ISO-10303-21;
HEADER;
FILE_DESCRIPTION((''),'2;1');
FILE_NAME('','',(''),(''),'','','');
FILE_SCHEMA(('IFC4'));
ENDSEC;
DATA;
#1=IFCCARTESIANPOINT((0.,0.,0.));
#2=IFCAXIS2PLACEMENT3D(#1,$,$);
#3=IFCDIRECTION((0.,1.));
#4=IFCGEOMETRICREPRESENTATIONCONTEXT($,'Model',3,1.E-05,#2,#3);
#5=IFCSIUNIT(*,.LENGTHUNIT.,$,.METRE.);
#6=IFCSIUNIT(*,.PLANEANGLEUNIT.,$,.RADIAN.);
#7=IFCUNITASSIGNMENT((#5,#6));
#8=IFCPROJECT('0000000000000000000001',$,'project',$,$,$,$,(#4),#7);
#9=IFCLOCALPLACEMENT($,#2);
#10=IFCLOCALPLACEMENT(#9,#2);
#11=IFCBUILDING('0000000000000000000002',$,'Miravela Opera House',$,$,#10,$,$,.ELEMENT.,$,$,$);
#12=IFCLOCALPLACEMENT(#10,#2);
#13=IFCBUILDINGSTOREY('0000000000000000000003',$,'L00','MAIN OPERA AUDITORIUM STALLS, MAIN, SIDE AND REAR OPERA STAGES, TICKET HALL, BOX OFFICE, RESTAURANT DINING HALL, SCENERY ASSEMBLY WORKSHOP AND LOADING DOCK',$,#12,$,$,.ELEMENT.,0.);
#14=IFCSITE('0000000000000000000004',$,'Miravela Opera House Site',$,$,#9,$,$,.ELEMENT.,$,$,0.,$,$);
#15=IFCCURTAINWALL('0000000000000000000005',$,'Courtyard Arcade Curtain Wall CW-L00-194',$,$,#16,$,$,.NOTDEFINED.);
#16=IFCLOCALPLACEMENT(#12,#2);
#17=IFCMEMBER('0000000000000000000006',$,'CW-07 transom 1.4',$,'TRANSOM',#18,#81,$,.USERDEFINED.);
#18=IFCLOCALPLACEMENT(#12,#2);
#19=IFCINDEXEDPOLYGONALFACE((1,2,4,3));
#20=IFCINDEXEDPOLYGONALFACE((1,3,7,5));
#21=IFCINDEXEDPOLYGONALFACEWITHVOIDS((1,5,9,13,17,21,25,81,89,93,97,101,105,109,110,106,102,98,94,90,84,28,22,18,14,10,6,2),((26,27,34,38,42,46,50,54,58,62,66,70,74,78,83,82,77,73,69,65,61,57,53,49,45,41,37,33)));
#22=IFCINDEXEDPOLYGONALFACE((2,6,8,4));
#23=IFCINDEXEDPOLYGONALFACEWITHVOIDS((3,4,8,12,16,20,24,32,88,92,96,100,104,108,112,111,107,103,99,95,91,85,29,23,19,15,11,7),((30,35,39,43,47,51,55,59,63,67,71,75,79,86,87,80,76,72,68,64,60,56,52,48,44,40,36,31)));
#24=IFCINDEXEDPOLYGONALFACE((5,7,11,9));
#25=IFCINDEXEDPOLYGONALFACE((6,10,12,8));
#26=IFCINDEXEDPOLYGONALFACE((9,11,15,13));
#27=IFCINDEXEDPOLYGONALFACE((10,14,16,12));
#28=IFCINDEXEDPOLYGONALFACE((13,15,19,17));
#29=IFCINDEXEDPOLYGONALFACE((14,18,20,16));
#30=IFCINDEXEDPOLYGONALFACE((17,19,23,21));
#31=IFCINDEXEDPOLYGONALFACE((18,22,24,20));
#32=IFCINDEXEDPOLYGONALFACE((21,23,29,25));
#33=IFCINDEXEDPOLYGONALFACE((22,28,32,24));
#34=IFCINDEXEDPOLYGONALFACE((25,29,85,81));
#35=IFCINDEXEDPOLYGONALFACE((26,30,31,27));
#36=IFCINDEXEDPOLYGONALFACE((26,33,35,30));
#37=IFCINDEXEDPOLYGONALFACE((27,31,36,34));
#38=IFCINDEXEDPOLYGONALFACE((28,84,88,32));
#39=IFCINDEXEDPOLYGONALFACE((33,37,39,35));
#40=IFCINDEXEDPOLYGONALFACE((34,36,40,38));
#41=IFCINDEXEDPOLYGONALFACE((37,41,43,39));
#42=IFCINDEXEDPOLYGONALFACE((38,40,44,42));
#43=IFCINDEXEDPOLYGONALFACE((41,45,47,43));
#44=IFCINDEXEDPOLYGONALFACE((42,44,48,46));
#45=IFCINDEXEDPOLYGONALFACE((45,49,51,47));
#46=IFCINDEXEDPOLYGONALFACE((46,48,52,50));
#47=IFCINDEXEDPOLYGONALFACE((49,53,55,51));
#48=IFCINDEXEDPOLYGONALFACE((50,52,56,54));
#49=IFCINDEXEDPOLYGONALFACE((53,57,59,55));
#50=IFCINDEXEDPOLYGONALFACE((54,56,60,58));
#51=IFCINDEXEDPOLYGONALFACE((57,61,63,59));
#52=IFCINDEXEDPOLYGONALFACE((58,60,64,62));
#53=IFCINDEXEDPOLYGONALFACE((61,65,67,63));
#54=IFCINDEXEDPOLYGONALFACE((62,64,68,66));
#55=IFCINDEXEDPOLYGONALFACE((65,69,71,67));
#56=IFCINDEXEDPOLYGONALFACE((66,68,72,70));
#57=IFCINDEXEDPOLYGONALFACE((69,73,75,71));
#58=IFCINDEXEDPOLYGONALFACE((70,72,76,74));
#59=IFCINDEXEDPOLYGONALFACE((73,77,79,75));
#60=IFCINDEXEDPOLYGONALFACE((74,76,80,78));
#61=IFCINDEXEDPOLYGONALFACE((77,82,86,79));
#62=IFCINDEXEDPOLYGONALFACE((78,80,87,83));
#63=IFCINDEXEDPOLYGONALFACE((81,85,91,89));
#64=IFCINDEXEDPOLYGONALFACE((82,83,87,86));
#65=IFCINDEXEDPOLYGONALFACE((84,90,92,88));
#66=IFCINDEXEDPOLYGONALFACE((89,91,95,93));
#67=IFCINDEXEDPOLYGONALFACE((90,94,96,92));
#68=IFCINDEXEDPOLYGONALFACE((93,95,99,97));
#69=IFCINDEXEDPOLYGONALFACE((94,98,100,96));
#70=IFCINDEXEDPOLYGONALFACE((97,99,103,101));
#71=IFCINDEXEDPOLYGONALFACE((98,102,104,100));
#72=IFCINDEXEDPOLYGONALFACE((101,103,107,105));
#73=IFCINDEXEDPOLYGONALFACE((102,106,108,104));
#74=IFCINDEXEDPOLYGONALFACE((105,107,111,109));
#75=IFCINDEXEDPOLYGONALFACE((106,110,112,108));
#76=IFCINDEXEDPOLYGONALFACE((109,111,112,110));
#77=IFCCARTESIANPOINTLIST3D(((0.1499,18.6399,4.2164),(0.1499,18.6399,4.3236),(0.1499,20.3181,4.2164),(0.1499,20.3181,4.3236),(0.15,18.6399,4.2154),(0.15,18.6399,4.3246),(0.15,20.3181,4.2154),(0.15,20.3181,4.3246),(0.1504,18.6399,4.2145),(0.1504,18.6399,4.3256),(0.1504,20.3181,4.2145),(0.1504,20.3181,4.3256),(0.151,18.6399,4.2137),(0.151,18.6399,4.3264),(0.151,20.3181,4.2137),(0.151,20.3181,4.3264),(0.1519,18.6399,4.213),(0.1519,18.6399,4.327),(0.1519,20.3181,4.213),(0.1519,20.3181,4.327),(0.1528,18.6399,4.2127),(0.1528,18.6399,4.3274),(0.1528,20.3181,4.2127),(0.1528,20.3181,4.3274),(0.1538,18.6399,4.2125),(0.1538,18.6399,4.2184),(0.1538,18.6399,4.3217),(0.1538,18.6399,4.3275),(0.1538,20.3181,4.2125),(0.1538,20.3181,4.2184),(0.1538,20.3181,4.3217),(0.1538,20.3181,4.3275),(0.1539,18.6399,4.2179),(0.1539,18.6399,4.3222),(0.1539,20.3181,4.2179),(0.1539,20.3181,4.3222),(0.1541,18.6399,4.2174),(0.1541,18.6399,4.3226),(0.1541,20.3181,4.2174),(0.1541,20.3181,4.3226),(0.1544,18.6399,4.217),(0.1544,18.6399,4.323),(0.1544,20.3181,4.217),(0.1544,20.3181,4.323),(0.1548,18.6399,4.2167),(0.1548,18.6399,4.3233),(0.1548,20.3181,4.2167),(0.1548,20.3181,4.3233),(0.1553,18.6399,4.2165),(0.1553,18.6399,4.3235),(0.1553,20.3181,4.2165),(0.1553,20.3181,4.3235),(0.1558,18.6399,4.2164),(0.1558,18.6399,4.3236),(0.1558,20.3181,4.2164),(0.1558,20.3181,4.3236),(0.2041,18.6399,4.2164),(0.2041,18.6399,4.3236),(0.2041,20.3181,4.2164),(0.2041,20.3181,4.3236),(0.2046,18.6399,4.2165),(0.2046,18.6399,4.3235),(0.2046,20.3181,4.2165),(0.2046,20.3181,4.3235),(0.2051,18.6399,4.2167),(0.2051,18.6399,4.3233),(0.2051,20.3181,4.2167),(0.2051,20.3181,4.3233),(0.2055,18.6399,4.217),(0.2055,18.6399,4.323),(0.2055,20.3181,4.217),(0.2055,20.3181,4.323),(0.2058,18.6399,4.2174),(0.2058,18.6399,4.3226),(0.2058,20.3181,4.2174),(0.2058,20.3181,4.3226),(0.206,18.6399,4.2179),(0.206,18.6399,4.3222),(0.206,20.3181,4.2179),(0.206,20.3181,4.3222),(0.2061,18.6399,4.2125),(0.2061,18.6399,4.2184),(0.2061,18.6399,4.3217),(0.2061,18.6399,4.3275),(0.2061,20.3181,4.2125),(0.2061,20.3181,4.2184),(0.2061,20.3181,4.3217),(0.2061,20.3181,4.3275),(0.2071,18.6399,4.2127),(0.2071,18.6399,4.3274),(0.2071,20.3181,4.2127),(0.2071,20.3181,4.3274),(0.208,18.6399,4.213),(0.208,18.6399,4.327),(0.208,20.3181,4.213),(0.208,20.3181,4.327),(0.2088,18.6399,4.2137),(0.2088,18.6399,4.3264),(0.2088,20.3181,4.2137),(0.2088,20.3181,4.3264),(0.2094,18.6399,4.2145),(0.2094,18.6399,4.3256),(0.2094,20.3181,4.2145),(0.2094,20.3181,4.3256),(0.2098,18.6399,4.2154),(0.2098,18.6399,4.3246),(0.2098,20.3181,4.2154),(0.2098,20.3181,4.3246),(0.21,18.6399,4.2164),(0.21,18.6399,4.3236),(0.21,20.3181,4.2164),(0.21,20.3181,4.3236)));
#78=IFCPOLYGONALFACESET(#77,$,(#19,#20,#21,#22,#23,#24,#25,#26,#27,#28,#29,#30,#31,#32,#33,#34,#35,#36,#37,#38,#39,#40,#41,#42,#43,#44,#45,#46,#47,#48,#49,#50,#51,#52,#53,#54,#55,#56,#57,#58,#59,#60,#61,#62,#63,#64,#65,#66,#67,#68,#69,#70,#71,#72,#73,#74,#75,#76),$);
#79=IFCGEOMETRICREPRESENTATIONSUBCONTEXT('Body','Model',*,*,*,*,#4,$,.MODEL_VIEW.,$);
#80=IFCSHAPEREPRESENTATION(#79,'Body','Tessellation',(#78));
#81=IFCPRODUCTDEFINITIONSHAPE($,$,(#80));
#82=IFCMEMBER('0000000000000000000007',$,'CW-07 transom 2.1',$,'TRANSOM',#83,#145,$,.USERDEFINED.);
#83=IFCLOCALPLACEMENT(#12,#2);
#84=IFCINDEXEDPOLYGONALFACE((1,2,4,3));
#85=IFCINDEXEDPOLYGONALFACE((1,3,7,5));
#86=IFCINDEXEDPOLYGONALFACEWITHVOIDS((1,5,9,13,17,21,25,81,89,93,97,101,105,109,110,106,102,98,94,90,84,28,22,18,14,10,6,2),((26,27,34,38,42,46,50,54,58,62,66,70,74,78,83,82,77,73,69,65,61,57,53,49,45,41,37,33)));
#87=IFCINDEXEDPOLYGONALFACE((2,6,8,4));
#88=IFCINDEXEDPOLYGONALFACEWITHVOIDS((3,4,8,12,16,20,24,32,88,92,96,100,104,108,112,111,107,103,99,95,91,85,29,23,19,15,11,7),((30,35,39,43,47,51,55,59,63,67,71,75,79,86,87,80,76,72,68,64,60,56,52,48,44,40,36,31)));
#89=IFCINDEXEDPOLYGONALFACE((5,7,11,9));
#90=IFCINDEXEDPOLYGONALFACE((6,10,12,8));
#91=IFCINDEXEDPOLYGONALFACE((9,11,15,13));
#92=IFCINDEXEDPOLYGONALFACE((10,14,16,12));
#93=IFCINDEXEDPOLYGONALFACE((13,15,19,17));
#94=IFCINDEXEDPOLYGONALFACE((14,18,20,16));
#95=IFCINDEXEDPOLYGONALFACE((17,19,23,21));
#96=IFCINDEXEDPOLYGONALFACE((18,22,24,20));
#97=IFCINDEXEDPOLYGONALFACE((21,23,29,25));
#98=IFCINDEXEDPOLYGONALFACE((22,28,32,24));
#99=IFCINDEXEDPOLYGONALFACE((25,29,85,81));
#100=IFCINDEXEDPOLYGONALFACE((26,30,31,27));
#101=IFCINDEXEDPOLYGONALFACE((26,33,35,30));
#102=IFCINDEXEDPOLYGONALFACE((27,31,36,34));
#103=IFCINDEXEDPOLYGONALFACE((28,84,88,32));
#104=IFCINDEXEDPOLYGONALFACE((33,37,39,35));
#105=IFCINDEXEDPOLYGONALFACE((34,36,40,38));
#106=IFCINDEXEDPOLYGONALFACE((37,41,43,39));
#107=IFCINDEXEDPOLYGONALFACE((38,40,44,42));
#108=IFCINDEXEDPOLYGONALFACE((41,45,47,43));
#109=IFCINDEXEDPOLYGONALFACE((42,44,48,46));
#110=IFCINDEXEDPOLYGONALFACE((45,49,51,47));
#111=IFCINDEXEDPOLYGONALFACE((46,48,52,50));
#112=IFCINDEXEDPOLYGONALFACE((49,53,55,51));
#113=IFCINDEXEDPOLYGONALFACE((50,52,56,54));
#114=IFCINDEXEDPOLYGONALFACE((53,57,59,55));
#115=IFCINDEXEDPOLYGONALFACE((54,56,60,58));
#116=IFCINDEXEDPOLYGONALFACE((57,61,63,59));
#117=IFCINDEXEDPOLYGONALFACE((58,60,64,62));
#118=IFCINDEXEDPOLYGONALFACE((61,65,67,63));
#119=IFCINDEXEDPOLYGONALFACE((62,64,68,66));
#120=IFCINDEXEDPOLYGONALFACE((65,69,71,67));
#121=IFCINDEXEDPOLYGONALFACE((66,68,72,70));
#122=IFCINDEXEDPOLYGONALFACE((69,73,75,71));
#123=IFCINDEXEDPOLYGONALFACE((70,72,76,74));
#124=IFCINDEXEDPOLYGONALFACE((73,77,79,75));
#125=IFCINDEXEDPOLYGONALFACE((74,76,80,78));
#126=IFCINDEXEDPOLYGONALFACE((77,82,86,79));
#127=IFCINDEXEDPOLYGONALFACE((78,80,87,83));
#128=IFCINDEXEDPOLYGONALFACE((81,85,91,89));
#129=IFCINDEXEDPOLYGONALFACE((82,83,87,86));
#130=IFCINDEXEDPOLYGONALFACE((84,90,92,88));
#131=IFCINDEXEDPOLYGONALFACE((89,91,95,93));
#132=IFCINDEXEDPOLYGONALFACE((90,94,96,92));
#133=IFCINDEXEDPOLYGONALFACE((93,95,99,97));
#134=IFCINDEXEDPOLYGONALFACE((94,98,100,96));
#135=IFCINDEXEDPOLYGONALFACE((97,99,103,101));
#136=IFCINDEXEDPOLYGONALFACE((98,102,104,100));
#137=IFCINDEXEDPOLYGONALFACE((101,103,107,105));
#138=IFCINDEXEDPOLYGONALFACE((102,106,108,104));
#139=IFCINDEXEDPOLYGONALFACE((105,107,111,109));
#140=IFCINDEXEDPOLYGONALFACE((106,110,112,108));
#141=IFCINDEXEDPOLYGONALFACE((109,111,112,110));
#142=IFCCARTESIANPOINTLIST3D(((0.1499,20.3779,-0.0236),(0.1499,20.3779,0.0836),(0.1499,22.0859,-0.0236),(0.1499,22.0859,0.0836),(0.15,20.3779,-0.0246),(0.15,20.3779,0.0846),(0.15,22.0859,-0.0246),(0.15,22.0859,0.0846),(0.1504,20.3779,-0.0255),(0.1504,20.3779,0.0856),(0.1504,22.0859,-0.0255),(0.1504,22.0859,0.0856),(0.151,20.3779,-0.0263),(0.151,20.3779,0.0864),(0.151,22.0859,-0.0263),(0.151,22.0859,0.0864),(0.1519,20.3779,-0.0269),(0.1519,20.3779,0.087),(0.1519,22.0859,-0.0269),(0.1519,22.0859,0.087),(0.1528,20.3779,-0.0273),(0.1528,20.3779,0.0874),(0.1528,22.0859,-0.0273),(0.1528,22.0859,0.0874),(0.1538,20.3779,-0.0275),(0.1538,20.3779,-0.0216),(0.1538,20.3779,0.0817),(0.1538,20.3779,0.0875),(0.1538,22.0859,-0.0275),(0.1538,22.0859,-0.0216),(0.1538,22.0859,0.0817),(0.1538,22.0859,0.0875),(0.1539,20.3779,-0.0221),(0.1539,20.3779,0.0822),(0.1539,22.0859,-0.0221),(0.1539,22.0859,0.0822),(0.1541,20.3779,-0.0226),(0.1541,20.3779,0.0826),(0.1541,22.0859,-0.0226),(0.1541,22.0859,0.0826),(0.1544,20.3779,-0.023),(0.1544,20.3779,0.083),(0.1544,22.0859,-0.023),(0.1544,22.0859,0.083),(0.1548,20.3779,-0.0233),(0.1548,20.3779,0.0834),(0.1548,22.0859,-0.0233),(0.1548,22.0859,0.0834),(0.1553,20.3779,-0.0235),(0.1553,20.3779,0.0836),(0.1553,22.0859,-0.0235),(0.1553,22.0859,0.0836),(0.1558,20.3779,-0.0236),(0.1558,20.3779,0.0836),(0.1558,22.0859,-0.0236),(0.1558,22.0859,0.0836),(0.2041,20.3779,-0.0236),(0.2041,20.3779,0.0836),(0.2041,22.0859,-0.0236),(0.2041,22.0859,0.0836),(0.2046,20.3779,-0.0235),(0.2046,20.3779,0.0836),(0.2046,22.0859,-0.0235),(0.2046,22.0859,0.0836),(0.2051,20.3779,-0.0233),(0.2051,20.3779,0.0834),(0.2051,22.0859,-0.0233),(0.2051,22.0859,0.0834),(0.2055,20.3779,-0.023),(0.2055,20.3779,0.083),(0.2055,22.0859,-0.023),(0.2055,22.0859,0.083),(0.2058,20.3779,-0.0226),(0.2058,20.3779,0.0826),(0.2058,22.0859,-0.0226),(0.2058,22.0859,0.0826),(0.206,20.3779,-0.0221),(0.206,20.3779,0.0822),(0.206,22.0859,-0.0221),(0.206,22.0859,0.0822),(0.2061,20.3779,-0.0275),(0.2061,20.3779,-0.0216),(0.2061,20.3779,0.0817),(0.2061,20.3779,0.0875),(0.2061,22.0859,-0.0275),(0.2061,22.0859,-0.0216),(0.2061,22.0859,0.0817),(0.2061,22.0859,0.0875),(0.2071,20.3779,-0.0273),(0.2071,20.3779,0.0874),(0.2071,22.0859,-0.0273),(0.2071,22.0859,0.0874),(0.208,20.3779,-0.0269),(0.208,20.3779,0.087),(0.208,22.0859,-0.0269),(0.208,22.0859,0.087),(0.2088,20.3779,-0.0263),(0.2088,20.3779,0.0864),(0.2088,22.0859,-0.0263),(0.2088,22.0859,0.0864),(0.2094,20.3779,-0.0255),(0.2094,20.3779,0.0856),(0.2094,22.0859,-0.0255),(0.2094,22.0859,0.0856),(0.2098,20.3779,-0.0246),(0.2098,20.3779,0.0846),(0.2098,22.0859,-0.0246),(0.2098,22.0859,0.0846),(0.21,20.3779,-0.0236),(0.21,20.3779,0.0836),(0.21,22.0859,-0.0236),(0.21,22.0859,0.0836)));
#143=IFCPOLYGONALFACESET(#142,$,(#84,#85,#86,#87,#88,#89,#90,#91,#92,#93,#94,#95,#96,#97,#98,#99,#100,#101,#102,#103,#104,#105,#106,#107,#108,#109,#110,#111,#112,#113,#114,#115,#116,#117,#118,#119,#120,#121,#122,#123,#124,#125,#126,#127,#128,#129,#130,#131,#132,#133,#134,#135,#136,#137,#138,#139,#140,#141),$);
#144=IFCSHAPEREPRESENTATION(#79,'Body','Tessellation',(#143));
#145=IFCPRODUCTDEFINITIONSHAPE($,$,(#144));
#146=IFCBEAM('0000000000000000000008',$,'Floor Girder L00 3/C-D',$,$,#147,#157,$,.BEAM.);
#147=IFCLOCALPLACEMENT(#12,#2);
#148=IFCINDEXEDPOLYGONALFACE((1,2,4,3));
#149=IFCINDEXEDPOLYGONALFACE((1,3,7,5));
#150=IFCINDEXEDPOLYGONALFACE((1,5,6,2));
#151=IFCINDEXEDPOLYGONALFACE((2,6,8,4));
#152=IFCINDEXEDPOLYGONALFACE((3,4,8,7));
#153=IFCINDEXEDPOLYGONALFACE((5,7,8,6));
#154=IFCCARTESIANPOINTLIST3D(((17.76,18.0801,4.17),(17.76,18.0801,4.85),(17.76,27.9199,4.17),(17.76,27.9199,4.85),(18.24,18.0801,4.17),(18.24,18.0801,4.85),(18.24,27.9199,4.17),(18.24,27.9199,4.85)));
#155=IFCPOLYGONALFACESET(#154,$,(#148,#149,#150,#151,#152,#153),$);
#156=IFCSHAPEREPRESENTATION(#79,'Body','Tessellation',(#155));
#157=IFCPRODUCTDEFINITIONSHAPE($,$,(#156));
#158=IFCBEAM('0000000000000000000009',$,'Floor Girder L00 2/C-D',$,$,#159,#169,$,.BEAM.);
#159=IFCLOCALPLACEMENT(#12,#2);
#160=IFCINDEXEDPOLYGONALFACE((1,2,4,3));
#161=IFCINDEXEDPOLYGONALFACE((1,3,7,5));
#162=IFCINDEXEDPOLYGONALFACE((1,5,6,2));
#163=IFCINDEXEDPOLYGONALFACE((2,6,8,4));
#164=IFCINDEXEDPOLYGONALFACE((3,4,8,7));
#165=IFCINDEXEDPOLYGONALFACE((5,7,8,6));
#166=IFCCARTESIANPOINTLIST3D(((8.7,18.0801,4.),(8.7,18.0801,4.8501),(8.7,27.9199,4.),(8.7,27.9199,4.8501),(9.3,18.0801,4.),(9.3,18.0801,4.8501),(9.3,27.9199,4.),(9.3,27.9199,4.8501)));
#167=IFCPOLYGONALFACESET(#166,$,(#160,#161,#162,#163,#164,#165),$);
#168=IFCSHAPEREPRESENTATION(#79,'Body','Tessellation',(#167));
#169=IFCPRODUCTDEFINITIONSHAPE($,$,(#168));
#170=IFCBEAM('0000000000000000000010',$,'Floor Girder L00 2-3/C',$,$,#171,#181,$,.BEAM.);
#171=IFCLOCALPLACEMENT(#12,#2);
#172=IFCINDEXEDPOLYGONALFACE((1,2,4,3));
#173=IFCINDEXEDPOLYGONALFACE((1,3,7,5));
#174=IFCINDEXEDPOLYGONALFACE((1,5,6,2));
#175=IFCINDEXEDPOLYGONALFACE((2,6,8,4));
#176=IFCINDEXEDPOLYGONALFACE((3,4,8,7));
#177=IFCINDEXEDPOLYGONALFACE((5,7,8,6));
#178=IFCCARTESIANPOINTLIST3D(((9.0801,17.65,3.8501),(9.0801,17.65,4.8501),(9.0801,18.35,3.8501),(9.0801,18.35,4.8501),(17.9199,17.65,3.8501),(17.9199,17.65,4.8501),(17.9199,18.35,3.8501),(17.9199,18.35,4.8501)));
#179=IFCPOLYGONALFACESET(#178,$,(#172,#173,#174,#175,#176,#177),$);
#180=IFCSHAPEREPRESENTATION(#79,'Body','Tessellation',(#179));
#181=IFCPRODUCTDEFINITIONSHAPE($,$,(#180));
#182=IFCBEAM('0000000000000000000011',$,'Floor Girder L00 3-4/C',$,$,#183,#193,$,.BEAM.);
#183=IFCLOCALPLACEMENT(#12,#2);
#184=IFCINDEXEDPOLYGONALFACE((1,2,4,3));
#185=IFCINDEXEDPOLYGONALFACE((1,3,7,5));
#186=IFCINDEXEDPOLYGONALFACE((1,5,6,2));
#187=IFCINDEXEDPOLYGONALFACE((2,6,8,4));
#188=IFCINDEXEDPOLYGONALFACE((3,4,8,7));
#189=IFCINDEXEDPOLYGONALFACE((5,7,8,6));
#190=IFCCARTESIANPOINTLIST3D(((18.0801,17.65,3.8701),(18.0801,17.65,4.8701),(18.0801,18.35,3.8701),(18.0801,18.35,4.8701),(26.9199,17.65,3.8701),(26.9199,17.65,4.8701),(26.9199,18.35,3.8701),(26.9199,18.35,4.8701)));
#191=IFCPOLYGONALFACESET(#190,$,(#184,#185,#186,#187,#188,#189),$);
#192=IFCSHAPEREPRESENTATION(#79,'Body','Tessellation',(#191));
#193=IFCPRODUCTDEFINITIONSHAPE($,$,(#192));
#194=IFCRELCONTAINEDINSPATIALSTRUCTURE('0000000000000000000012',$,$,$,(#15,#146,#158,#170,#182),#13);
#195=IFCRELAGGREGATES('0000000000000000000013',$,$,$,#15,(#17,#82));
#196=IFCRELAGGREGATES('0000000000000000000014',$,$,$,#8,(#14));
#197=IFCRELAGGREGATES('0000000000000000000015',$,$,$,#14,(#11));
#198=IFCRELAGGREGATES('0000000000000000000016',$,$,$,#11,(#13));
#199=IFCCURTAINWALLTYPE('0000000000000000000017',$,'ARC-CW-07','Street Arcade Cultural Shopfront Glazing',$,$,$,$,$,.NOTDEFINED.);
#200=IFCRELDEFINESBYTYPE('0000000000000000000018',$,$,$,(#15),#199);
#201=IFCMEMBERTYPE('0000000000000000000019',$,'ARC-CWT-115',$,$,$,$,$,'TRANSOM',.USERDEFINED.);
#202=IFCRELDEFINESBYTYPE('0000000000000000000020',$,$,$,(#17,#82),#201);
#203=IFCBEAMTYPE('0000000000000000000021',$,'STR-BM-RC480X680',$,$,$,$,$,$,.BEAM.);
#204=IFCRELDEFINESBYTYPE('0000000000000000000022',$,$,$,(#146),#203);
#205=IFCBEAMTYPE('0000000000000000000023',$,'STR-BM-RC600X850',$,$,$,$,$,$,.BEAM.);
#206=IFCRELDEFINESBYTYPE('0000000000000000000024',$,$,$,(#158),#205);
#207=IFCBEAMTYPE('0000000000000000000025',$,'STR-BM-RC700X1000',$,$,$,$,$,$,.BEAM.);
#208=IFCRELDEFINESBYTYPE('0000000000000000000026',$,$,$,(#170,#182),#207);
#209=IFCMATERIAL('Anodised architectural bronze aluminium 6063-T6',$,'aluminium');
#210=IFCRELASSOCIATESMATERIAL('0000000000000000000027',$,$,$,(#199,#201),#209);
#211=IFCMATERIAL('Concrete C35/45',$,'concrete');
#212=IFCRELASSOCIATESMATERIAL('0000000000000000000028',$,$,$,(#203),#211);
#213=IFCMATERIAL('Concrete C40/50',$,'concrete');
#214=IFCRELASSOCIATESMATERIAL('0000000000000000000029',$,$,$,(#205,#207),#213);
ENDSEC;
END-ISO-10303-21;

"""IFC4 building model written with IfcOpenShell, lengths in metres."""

from ifc_helpers import new_model, si_unit, direction, frame, origin, origin_2d, place, context, subcontext, project, spatial, rectangle, hollow_rectangle, extrude, material, material_profile, profile_set, type_object, element, aggregate, save


model = new_model("IFC4")

# Units and contexts
model_context = context("Model", 3, precision=1e-05, world=origin(), true_north=direction((0.0, 1.0)))
body_context = subcontext(model_context, "Body", "Model", "MODEL_VIEW")
ifc_project = project(units=[si_unit("LENGTHUNIT", "METRE"), si_unit("PLANEANGLEUNIT", "RADIAN")], contexts=[model_context])

# Site, building, storey
site_placement = place(None, origin())
site = spatial("IfcSite", under=ifc_project, at=site_placement, Name="Miravela Opera House Site", CompositionType="ELEMENT", RefElevation=0.0)
building_placement = place(site_placement, origin())
building = spatial("IfcBuilding", under=site, at=building_placement, Name="Miravela Opera House", CompositionType="ELEMENT")
storey_placement = place(building_placement, origin())
storey = spatial("IfcBuildingStorey", under=building, at=storey_placement, Name="L00", Description="MAIN OPERA AUDITORIUM STALLS, MAIN, SIDE AND REAR OPERA STAGES, TICKET HALL, BOX OFFICE, RESTAURANT DINING HALL, SCENERY ASSEMBLY WORKSHOP AND LOADING DOCK", CompositionType="ELEMENT", Elevation=0.0)

# Shared definitions
ifc_material_1 = material(Name="Concrete C35/45", Category="concrete")
ifc_material_2 = material(Name="Concrete C40/50", Category="concrete")

# Shared definitions
ifc_material_3 = material(Name="Anodised architectural bronze aluminium 6063-T6", Category="aluminium")
curtain_wall_type = type_object("IfcCurtainWallType", Name="ARC-CW-07", Description="Street Arcade Cultural Shopfront Glazing", PredefinedType="NOTDEFINED", material=ifc_material_3)

# Curtain wall, members
curtain_wall_1_placement = place(storey_placement, origin())
curtain_wall_1 = element("IfcCurtainWall", 1, at=curtain_wall_1_placement, inside=storey, type_object=curtain_wall_type, Name="Courtyard Arcade Curtain Wall CW-L00-194", PredefinedType="NOTDEFINED")
ifc_material_profile_1 = material_profile(ifc_material_3, hollow_rectangle(XDim=0.0601, YDim=0.115, WallThickness=0.0039, InnerFilletRadius=0.002, OuterFilletRadius=0.0039, at=origin_2d()), Name="CWT-60X115")
ifc_profile_set_1 = profile_set([ifc_material_profile_1])
member_type_1 = type_object("IfcMemberType", Name="ARC-CWT-115", ElementType="TRANSOM", PredefinedType="USERDEFINED", material=ifc_profile_set_1)
member_1_placement = place(storey_placement, frame((0.1799, 18.6399, 4.27), z_axis=(0.0, 1.0, 0.0), x_axis=(-1.0, 0.0, 0.0)))
member_1 = element("IfcMember", 2, at=member_1_placement, type_object=member_type_1, Name="CW-07 transom 1.4", ObjectType="TRANSOM", PredefinedType="USERDEFINED", context=body_context, shape_type="SweptSolid", body=[
    extrude(hollow_rectangle(XDim=0.0601, YDim=0.115, WallThickness=0.0039, InnerFilletRadius=0.002, OuterFilletRadius=0.0039, at=origin_2d()), origin(), (0.0, 0.0, 1.0), 1.6782),
])
member_2_placement = place(storey_placement, frame((0.1799, 20.3779, 0.03), z_axis=(0.0, 1.0, 0.0), x_axis=(-1.0, 0.0, 0.0)))
member_2 = element("IfcMember", 3, at=member_2_placement, type_object=member_type_1, Name="CW-07 transom 2.1", ObjectType="TRANSOM", PredefinedType="USERDEFINED", context=body_context, shape_type="SweptSolid", body=[
    extrude(hollow_rectangle(XDim=0.0601, YDim=0.115, WallThickness=0.0039, InnerFilletRadius=0.002, OuterFilletRadius=0.0039, at=origin_2d()), origin(), (0.0, 0.0, 1.0), 1.708),
])

# Beams
ifc_material_profile_2 = material_profile(ifc_material_1, rectangle(XDim=0.48, YDim=0.6799, at=origin_2d()), Name="RC-BM-480X680")
ifc_profile_set_2 = profile_set([ifc_material_profile_2])
beam_type_1 = type_object("IfcBeamType", Name="STR-BM-RC480X680", PredefinedType="BEAM", material=ifc_profile_set_2)
beam_1_placement = place(storey_placement, frame((18.0, 18.0801, 4.51), z_axis=(0.0, 1.0, 0.0), x_axis=(-1.0, 0.0, 0.0)))
element("IfcBeam", 4, at=beam_1_placement, inside=storey, type_object=beam_type_1, Name="Floor Girder L00 3/C-D", PredefinedType="BEAM", context=body_context, shape_type="SweptSolid", body=[
    extrude(rectangle(XDim=0.48, YDim=0.6799, at=origin_2d()), origin(), (0.0, 0.0, 1.0), 9.8398),
])
ifc_material_profile_3 = material_profile(ifc_material_2, rectangle(XDim=0.6001, YDim=0.8501, at=origin_2d()), Name="RC-BM-600X850")
ifc_profile_set_3 = profile_set([ifc_material_profile_3])
beam_type_2 = type_object("IfcBeamType", Name="STR-BM-RC600X850", PredefinedType="BEAM", material=ifc_profile_set_3)
beam_2_placement = place(storey_placement, frame((9.0, 18.0801, 4.425), z_axis=(0.0, 1.0, 0.0), x_axis=(-1.0, 0.0, 0.0)))
element("IfcBeam", 5, at=beam_2_placement, inside=storey, type_object=beam_type_2, Name="Floor Girder L00 2/C-D", PredefinedType="BEAM", context=body_context, shape_type="SweptSolid", body=[
    extrude(rectangle(XDim=0.6001, YDim=0.8501, at=origin_2d()), origin(), (0.0, 0.0, 1.0), 9.8398),
])
ifc_material_profile_4 = material_profile(ifc_material_2, rectangle(XDim=0.7, YDim=1.0, at=origin_2d()), Name="RC-BM-700X1000")
ifc_profile_set_4 = profile_set([ifc_material_profile_4])
beam_type_3 = type_object("IfcBeamType", Name="STR-BM-RC700X1000", PredefinedType="BEAM", material=ifc_profile_set_4)
for number, where, z_axis, x_axis, name in (
    (6, (9.0801, 18.0, 4.3501), (1.0, 0.0, 0.0), (0.0, 1.0, 0.0), "Floor Girder L00 2-3/C"),
    (7, (18.0801, 18.0, 4.3701), (1.0, 0.0, 0.0), (0.0, 1.0, 0.0), "Floor Girder L00 3-4/C"),
):
    element("IfcBeam", number, at=place(storey_placement, frame(where, z_axis=z_axis, x_axis=x_axis)), inside=storey, type_object=beam_type_3, Name=name, PredefinedType="BEAM", context=body_context, shape_type="SweptSolid", body=[
        extrude(rectangle(XDim=0.7, YDim=1.0, at=origin_2d()), origin(), (0.0, 0.0, 1.0), 8.8398),
    ])

aggregate(curtain_wall_1, [member_1, member_2])

save(model, "model.ifc")
